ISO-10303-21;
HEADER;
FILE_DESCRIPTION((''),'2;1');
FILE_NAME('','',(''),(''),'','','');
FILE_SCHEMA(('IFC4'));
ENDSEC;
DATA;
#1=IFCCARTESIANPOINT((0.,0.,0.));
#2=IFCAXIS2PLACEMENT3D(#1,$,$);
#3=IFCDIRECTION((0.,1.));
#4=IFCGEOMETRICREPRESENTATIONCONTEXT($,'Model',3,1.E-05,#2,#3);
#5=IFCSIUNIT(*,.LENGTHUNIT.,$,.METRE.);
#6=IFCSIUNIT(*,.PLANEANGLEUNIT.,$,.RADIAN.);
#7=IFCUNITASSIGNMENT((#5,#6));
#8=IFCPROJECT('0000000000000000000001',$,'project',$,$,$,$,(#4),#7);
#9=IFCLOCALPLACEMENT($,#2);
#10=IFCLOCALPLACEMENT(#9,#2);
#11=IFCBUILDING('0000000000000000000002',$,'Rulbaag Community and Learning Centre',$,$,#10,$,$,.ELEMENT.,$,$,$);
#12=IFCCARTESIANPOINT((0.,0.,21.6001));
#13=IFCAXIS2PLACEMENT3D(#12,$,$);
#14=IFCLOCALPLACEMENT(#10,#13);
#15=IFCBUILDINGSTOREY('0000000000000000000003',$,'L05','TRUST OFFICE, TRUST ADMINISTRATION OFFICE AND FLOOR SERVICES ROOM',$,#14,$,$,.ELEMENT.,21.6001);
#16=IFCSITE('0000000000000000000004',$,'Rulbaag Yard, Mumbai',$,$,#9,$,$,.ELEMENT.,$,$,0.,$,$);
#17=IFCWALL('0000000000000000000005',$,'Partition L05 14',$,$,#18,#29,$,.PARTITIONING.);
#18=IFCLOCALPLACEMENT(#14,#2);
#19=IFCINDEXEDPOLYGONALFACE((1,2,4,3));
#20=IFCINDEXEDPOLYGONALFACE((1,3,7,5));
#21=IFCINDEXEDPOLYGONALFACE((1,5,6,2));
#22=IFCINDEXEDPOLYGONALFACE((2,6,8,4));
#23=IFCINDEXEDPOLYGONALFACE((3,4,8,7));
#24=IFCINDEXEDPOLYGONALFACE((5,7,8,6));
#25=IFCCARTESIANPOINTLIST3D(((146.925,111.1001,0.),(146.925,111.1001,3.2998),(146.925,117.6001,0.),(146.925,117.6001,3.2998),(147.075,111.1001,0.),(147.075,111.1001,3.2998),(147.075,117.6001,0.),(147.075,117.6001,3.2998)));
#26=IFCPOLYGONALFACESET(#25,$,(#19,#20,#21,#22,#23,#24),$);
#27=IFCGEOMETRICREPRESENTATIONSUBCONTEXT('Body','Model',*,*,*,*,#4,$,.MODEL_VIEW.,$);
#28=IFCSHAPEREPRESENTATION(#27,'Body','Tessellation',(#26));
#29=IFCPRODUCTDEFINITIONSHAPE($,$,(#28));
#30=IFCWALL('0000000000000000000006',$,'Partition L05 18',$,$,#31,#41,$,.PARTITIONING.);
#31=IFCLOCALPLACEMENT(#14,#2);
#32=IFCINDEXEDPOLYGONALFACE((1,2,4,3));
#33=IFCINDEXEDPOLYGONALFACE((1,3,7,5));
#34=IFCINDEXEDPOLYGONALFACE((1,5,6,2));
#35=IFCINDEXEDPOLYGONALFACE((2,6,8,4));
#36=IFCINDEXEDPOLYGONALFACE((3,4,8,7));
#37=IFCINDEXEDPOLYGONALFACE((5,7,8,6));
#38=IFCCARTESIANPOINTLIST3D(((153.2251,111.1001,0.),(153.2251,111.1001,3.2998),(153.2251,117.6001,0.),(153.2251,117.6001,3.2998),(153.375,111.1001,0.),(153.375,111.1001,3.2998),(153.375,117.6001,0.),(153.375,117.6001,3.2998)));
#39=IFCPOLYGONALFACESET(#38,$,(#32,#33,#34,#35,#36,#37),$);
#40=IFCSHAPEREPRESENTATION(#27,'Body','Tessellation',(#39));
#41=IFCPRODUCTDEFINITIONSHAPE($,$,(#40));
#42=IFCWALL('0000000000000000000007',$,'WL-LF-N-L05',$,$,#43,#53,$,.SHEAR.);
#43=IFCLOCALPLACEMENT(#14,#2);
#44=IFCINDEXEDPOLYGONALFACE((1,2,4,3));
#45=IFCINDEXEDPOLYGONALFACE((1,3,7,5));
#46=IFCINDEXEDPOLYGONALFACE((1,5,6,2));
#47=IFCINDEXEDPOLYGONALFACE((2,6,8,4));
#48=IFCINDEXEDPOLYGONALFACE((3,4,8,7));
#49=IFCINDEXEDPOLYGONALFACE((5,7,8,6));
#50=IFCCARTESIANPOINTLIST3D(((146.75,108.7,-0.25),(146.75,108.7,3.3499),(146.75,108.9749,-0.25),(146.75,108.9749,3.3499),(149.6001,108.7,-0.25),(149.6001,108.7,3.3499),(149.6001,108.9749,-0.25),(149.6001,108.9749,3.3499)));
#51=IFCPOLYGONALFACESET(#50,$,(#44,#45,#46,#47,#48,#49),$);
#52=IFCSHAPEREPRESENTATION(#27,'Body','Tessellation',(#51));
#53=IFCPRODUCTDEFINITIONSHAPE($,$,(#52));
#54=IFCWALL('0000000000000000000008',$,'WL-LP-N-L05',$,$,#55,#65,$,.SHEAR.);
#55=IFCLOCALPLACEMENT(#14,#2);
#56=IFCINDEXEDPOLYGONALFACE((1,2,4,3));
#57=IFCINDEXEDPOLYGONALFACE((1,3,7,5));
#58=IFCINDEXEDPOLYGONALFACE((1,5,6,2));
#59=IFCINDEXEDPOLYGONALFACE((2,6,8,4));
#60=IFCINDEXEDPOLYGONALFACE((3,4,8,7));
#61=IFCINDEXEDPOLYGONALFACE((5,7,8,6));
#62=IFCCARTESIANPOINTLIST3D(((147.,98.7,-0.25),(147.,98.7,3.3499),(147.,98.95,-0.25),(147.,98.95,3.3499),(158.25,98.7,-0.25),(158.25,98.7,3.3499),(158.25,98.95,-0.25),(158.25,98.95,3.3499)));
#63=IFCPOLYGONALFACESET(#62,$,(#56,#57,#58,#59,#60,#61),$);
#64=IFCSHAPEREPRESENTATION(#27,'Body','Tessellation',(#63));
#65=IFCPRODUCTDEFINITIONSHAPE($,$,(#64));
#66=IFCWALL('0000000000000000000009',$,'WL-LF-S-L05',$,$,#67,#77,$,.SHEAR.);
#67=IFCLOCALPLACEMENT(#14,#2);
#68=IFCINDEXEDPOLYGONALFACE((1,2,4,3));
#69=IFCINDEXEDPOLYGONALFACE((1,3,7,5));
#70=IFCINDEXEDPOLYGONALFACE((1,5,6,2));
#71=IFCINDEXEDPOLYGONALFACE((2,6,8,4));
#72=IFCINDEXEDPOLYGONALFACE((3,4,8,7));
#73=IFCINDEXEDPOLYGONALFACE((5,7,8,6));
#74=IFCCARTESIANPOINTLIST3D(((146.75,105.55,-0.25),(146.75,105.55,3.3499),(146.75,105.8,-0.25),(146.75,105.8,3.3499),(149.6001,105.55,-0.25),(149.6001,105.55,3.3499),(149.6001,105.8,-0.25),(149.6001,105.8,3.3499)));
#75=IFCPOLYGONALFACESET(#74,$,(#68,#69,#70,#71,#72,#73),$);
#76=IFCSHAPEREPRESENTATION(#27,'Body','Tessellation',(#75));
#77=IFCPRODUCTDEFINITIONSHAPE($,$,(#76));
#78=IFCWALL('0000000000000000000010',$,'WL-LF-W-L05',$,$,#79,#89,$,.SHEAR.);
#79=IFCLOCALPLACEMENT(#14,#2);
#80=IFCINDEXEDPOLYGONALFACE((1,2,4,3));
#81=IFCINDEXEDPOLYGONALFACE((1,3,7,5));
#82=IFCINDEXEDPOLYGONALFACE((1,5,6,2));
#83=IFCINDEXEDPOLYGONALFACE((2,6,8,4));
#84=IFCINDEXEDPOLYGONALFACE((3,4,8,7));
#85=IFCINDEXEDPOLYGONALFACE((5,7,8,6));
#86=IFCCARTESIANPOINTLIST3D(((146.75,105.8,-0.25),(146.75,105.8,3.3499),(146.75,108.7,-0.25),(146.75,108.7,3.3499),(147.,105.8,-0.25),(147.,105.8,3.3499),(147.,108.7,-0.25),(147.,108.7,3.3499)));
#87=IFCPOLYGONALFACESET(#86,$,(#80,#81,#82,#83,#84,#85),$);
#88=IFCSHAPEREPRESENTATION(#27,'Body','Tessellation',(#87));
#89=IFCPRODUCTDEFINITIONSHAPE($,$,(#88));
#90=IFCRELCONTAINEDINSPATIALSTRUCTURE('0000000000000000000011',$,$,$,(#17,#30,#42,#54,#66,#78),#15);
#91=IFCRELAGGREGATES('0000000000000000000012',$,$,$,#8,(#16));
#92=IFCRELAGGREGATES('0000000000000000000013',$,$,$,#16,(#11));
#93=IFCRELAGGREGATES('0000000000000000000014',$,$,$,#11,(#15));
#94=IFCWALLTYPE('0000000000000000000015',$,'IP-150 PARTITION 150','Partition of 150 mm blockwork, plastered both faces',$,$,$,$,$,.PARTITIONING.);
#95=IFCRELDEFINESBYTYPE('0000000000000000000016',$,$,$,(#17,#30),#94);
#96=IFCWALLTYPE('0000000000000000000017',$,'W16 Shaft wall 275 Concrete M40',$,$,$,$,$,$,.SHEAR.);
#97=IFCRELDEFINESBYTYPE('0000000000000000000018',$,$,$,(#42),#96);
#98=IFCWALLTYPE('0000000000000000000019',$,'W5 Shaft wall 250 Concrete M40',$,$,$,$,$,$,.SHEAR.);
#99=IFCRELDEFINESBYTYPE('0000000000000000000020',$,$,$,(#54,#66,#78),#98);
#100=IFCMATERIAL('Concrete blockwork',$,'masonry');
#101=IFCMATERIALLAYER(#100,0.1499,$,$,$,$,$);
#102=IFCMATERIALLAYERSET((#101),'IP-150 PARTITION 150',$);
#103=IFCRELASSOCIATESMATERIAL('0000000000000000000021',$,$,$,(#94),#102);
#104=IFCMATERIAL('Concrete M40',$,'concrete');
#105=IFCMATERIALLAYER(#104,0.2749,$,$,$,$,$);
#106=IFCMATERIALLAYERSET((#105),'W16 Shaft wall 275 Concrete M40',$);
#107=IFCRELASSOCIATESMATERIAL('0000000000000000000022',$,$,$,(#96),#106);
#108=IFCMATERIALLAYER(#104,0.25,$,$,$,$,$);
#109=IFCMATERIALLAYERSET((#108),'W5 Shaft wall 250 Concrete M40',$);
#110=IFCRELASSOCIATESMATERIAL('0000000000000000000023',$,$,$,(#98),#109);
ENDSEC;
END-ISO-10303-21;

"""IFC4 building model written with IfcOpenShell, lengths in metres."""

from ifc_helpers import new_model, si_unit, direction, frame, frame_2d, origin, place, context, subcontext, project, spatial, rectangle, extrude, material, layer, layer_set, type_object, element, save


model = new_model("IFC4")

# Units and contexts
model_context = context("Model", 3, precision=1e-05, world=origin(), true_north=direction((0.0, 1.0)))
body_context = subcontext(model_context, "Body", "Model", "MODEL_VIEW")
ifc_project = project(units=[si_unit("LENGTHUNIT", "METRE"), si_unit("PLANEANGLEUNIT", "RADIAN")], contexts=[model_context])

# Site, building, storey
site_placement = place(None, origin())
site = spatial("IfcSite", under=ifc_project, at=site_placement, Name="Rulbaag Yard, Mumbai", CompositionType="ELEMENT", RefElevation=0.0)
building_placement = place(site_placement, origin())
building = spatial("IfcBuilding", under=site, at=building_placement, Name="Rulbaag Community and Learning Centre", CompositionType="ELEMENT")
storey_placement = place(building_placement, frame((0.0, 0.0, 21.6001)))
storey = spatial("IfcBuildingStorey", under=building, at=storey_placement, Name="L05", Description="TRUST OFFICE, TRUST ADMINISTRATION OFFICE AND FLOOR SERVICES ROOM", CompositionType="ELEMENT", Elevation=21.6001)

# Shared definitions
ifc_material_1 = material(Name="Concrete M40", Category="concrete")

# Shared definitions
ifc_material_2 = material(Name="Concrete blockwork", Category="masonry")

# Walls
ifc_layer_1 = layer(ifc_material_2, 0.1499)
ifc_layer_set_1 = layer_set([ifc_layer_1], Name="IP-150 PARTITION 150")
wall_type_1 = type_object("IfcWallType", Name="IP-150 PARTITION 150", Description="Partition of 150 mm blockwork, plastered both faces", PredefinedType="PARTITIONING", material=ifc_layer_set_1)
for number, where, z_axis, x_axis, name in (
    (1, (147.0, 111.1001, 0.0), (0.0, 0.0, 1.0), (0.0, 1.0, 0.0), "Partition L05 14"),
    (2, (153.3, 111.1001, 0.0), (0.0, 0.0, 1.0), (0.0, 1.0, 0.0), "Partition L05 18"),
):
    element("IfcWall", number, at=place(storey_placement, frame(where, z_axis=z_axis, x_axis=x_axis)), inside=storey, type_object=wall_type_1, Name=name, PredefinedType="PARTITIONING", context=body_context, shape_type="SweptSolid", body=[
        extrude(rectangle(XDim=6.5, YDim=0.1499, at=frame_2d((3.25, 0.0))), origin(), (0.0, 0.0, 1.0), 3.2998),
    ])
ifc_layer_2 = layer(ifc_material_1, 0.2749)
ifc_layer_set_2 = layer_set([ifc_layer_2], Name="W16 Shaft wall 275 Concrete M40")
wall_type_2 = type_object("IfcWallType", Name="W16 Shaft wall 275 Concrete M40", PredefinedType="SHEAR", material=ifc_layer_set_2)
wall_1_placement = place(storey_placement, frame((146.75, 108.8374, -0.25), z_axis=(0.0, 0.0, 1.0), x_axis=(1.0, 0.0, 0.0)))
element("IfcWall", 3, at=wall_1_placement, inside=storey, type_object=wall_type_2, Name="WL-LF-N-L05", PredefinedType="SHEAR", context=body_context, shape_type="SweptSolid", body=[
    extrude(rectangle(XDim=2.8501, YDim=0.2749, at=frame_2d((1.425, 0.0))), origin(), (0.0, 0.0, 1.0), 3.5999),
])
ifc_layer_3 = layer(ifc_material_1, 0.25)
ifc_layer_set_3 = layer_set([ifc_layer_3], Name="W5 Shaft wall 250 Concrete M40")
wall_type_3 = type_object("IfcWallType", Name="W5 Shaft wall 250 Concrete M40", PredefinedType="SHEAR", material=ifc_layer_set_3)
wall_2_placement = place(storey_placement, frame((147.0, 98.825, -0.25), z_axis=(0.0, 0.0, 1.0), x_axis=(1.0, 0.0, 0.0)))
element("IfcWall", 4, at=wall_2_placement, inside=storey, type_object=wall_type_3, Name="WL-LP-N-L05", PredefinedType="SHEAR", context=body_context, shape_type="SweptSolid", body=[
    extrude(rectangle(XDim=11.25, YDim=0.25, at=frame_2d((5.625, 0.0))), origin(), (0.0, 0.0, 1.0), 3.5999),
])
wall_3_placement = place(storey_placement, frame((146.75, 105.675, -0.25), z_axis=(0.0, 0.0, 1.0), x_axis=(1.0, 0.0, 0.0)))
element("IfcWall", 5, at=wall_3_placement, inside=storey, type_object=wall_type_3, Name="WL-LF-S-L05", PredefinedType="SHEAR", context=body_context, shape_type="SweptSolid", body=[
    extrude(rectangle(XDim=2.8501, YDim=0.25, at=frame_2d((1.425, 0.0))), origin(), (0.0, 0.0, 1.0), 3.5999),
])
wall_4_placement = place(storey_placement, frame((146.875, 105.8, -0.25), z_axis=(0.0, 0.0, 1.0), x_axis=(0.0, 1.0, 0.0)))
element("IfcWall", 6, at=wall_4_placement, inside=storey, type_object=wall_type_3, Name="WL-LF-W-L05", PredefinedType="SHEAR", context=body_context, shape_type="SweptSolid", body=[
    extrude(rectangle(XDim=2.8999, YDim=0.25, at=frame_2d((1.45, 0.0))), origin(), (0.0, 0.0, 1.0), 3.5999),
])

save(model, "model.ifc")
